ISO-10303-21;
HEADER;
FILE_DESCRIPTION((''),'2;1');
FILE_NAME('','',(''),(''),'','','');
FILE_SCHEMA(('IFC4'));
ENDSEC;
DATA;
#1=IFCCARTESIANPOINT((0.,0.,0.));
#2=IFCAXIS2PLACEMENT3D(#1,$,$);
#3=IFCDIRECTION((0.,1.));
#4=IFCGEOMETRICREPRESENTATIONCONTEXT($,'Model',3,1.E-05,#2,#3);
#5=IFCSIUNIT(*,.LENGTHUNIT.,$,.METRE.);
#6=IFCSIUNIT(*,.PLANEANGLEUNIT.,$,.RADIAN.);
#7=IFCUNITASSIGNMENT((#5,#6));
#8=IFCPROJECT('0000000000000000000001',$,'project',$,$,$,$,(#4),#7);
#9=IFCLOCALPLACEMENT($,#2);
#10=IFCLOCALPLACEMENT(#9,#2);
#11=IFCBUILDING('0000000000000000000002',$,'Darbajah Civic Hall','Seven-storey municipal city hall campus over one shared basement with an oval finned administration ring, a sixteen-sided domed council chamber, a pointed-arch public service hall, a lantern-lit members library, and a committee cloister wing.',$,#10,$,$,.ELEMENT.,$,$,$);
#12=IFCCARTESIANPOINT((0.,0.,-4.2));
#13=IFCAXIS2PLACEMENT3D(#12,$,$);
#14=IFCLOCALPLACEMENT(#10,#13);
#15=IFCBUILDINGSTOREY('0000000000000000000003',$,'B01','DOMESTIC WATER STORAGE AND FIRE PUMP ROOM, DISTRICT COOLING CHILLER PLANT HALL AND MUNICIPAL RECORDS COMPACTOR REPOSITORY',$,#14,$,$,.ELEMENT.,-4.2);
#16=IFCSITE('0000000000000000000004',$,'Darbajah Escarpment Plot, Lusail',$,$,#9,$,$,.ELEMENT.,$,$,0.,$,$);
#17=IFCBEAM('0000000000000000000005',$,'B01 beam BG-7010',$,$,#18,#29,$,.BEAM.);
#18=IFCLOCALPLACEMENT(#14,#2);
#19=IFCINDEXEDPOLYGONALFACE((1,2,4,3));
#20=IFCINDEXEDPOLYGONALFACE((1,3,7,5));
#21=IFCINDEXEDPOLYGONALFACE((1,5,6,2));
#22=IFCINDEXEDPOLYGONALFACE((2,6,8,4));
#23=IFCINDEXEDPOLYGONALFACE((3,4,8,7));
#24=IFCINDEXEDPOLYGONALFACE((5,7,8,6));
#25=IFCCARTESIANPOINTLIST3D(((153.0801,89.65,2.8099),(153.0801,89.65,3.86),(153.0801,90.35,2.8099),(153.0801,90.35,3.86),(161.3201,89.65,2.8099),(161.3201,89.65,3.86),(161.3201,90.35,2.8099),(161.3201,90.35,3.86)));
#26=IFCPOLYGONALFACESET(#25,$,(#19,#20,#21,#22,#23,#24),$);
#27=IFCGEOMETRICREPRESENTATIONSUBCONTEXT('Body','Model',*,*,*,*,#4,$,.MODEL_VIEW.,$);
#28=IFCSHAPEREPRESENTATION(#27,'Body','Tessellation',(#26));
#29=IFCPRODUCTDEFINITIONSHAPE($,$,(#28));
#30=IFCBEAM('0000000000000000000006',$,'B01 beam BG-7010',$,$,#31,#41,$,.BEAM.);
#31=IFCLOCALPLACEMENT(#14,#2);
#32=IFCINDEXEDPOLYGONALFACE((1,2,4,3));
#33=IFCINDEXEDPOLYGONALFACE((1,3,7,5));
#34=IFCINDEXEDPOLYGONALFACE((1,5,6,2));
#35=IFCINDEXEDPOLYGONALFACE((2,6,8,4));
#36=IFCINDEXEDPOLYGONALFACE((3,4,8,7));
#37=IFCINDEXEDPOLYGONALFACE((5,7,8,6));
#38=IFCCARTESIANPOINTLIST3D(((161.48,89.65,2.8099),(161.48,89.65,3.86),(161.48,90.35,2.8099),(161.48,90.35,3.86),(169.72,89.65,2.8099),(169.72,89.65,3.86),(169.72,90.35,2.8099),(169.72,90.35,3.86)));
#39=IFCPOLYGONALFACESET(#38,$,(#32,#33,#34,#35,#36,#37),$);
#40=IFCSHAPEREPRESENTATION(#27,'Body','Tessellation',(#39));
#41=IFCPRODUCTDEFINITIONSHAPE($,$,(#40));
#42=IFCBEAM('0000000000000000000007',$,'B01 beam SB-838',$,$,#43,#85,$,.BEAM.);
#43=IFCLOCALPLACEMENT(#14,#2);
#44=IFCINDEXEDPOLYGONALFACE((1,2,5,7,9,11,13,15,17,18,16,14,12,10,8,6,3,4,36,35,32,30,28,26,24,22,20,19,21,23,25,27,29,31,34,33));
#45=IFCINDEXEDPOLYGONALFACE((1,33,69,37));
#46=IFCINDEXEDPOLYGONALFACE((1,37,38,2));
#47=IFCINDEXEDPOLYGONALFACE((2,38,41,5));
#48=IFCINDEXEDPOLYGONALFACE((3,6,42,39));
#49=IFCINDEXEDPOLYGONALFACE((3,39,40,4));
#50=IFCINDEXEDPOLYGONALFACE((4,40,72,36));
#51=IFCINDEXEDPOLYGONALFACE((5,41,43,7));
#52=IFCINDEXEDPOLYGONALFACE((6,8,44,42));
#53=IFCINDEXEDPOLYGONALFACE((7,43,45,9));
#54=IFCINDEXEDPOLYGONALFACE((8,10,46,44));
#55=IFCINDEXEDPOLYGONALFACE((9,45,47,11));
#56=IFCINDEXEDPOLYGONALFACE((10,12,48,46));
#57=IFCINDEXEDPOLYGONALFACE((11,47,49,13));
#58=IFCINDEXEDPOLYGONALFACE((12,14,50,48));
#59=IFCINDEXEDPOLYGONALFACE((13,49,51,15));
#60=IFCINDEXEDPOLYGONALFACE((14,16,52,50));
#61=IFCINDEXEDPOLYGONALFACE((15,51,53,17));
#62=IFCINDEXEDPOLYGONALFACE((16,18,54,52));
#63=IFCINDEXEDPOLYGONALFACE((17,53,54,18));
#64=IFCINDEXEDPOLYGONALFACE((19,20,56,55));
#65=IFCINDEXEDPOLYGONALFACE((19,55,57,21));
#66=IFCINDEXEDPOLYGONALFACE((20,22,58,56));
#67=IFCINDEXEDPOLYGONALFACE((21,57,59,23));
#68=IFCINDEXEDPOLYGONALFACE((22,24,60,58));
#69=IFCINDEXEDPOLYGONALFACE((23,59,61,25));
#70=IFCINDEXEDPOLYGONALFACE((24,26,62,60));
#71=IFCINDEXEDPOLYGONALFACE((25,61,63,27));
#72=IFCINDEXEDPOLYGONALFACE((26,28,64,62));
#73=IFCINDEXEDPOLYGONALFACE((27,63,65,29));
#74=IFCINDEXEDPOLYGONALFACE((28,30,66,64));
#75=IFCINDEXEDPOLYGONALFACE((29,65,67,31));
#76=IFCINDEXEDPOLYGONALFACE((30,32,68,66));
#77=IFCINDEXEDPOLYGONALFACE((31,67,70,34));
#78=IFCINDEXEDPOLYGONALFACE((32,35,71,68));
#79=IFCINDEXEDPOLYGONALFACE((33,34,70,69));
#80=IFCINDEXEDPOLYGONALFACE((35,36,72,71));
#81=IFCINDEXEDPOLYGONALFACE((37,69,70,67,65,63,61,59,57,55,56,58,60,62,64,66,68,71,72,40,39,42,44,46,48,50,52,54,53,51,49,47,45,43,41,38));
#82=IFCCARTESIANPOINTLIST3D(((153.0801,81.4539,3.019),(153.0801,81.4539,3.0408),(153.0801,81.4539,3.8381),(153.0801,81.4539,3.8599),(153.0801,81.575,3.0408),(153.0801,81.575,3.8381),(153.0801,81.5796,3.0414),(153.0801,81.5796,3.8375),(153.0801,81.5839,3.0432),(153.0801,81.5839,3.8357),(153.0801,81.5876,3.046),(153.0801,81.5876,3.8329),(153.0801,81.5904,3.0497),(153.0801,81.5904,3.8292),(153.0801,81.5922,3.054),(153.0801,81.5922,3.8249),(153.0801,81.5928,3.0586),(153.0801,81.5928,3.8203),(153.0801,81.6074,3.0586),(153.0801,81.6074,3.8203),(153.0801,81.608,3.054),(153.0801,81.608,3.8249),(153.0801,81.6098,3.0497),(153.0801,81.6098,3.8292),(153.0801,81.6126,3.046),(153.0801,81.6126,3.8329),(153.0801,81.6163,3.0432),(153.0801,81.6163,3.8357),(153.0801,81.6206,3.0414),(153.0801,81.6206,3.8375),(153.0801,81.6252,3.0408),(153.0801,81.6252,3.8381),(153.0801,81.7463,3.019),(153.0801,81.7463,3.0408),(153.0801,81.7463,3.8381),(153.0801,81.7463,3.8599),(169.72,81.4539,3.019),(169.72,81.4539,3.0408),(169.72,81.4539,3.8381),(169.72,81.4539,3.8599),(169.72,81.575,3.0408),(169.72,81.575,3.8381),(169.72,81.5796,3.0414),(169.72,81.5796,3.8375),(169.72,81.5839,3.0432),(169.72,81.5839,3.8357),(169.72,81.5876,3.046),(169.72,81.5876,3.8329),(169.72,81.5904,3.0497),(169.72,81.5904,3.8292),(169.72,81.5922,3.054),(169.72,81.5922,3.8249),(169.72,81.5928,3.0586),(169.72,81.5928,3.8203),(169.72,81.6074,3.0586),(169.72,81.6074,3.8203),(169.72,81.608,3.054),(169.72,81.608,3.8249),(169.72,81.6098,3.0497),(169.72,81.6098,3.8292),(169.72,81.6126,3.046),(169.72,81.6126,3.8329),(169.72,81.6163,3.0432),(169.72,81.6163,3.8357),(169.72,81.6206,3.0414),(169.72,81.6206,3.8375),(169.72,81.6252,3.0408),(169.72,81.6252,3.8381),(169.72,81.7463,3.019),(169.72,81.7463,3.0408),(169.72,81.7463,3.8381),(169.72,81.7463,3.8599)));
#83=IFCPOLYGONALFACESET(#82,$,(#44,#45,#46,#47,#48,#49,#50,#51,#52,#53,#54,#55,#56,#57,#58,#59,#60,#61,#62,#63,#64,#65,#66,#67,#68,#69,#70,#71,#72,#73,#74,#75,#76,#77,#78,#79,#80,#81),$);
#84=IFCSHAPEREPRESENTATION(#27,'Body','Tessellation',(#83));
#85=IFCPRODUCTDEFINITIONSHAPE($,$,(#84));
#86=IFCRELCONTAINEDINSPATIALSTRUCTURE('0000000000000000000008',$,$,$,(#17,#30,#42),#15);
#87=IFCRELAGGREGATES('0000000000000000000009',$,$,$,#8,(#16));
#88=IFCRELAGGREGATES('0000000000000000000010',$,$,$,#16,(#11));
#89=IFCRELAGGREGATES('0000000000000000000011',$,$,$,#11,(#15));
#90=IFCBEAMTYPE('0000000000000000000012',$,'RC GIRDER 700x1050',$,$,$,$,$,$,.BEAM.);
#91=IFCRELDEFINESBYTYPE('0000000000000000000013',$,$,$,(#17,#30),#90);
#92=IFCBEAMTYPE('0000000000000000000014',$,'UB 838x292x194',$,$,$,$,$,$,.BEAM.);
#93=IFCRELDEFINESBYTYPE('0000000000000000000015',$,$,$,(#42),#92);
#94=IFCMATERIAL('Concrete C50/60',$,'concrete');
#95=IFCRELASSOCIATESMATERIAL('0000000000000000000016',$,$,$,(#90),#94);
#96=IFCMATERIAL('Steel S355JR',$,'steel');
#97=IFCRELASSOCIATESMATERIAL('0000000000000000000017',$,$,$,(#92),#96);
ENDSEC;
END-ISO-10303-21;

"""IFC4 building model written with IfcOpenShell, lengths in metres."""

from ifc_helpers import new_model, si_unit, direction, frame, origin, origin_2d, place, context, subcontext, project, spatial, rectangle, i_section, extrude, material, material_profile, profile_set, type_object, element, save


model = new_model("IFC4")

# Units and contexts
model_context = context("Model", 3, precision=1e-05, world=origin(), true_north=direction((0.0, 1.0)))
body_context = subcontext(model_context, "Body", "Model", "MODEL_VIEW")
ifc_project = project(units=[si_unit("LENGTHUNIT", "METRE"), si_unit("PLANEANGLEUNIT", "RADIAN")], contexts=[model_context])

# Site, building, storey
site_placement = place(None, origin())
site = spatial("IfcSite", under=ifc_project, at=site_placement, Name="Darbajah Escarpment Plot, Lusail", CompositionType="ELEMENT", RefElevation=0.0)
building_placement = place(site_placement, origin())
building = spatial("IfcBuilding", under=site, at=building_placement, Name="Darbajah Civic Hall", Description="Seven-storey municipal city hall campus over one shared basement with an oval finned administration ring, a sixteen-sided domed council chamber, a pointed-arch public service hall, a lantern-lit members library, and a committee cloister wing.", CompositionType="ELEMENT")
storey_placement = place(building_placement, frame((0.0, 0.0, -4.2)))
storey = spatial("IfcBuildingStorey", under=building, at=storey_placement, Name="B01", Description="DOMESTIC WATER STORAGE AND FIRE PUMP ROOM, DISTRICT COOLING CHILLER PLANT HALL AND MUNICIPAL RECORDS COMPACTOR REPOSITORY", CompositionType="ELEMENT", Elevation=-4.2)

# Shared definitions
ifc_material_1 = material(Name="Concrete C50/60", Category="concrete")

# Beams
ifc_material_profile_1 = material_profile(ifc_material_1, rectangle(XDim=0.7, YDim=1.05, at=origin_2d()), Name="RC GIRDER 700x1050")
ifc_profile_set_1 = profile_set([ifc_material_profile_1], Name="Concrete C50/60")
beam_type_1 = type_object("IfcBeamType", Name="RC GIRDER 700x1050", PredefinedType="BEAM", material=ifc_profile_set_1)
for number, where, z_axis, x_axis, name in (
    (1, (153.0801, 90.0, 3.335), (1.0, 0.0, 0.0), (0.0, 1.0, 0.0), "B01 beam BG-7010"),
    (2, (161.48, 90.0, 3.335), (1.0, 0.0, 0.0), (0.0, 1.0, 0.0), "B01 beam BG-7010"),
):
    element("IfcBeam", number, at=place(storey_placement, frame(where, z_axis=z_axis, x_axis=x_axis)), inside=storey, type_object=beam_type_1, Name=name, PredefinedType="BEAM", context=body_context, shape_type="SweptSolid", body=[
        extrude(rectangle(XDim=0.7, YDim=1.05, at=origin_2d()), origin(), (0.0, 0.0, 1.0), 8.24),
    ])
ifc_material_2 = material(Name="Steel S355JR", Category="steel")
ifc_material_profile_2 = material_profile(ifc_material_2, i_section(OverallWidth=0.2925, OverallDepth=0.8408, WebThickness=0.0146, FlangeThickness=0.0217, FilletRadius=0.0178, at=origin_2d()), Name="UB 838x292x194")
ifc_profile_set_2 = profile_set([ifc_material_profile_2], Name="Steel S355JR")
beam_type_2 = type_object("IfcBeamType", Name="UB 838x292x194", PredefinedType="BEAM", material=ifc_profile_set_2)
beam_placement = place(storey_placement, frame((153.0801, 81.6001, 3.4395), z_axis=(1.0, 0.0, 0.0), x_axis=(0.0, 1.0, 0.0)))
element("IfcBeam", 3, at=beam_placement, inside=storey, type_object=beam_type_2, Name="B01 beam SB-838", PredefinedType="BEAM", context=body_context, shape_type="SweptSolid", body=[
    extrude(i_section(OverallWidth=0.2925, OverallDepth=0.8408, WebThickness=0.0146, FlangeThickness=0.0217, FilletRadius=0.0178, at=origin_2d()), origin(), (0.0, 0.0, 1.0), 16.6399),
])

save(model, "model.ifc")
